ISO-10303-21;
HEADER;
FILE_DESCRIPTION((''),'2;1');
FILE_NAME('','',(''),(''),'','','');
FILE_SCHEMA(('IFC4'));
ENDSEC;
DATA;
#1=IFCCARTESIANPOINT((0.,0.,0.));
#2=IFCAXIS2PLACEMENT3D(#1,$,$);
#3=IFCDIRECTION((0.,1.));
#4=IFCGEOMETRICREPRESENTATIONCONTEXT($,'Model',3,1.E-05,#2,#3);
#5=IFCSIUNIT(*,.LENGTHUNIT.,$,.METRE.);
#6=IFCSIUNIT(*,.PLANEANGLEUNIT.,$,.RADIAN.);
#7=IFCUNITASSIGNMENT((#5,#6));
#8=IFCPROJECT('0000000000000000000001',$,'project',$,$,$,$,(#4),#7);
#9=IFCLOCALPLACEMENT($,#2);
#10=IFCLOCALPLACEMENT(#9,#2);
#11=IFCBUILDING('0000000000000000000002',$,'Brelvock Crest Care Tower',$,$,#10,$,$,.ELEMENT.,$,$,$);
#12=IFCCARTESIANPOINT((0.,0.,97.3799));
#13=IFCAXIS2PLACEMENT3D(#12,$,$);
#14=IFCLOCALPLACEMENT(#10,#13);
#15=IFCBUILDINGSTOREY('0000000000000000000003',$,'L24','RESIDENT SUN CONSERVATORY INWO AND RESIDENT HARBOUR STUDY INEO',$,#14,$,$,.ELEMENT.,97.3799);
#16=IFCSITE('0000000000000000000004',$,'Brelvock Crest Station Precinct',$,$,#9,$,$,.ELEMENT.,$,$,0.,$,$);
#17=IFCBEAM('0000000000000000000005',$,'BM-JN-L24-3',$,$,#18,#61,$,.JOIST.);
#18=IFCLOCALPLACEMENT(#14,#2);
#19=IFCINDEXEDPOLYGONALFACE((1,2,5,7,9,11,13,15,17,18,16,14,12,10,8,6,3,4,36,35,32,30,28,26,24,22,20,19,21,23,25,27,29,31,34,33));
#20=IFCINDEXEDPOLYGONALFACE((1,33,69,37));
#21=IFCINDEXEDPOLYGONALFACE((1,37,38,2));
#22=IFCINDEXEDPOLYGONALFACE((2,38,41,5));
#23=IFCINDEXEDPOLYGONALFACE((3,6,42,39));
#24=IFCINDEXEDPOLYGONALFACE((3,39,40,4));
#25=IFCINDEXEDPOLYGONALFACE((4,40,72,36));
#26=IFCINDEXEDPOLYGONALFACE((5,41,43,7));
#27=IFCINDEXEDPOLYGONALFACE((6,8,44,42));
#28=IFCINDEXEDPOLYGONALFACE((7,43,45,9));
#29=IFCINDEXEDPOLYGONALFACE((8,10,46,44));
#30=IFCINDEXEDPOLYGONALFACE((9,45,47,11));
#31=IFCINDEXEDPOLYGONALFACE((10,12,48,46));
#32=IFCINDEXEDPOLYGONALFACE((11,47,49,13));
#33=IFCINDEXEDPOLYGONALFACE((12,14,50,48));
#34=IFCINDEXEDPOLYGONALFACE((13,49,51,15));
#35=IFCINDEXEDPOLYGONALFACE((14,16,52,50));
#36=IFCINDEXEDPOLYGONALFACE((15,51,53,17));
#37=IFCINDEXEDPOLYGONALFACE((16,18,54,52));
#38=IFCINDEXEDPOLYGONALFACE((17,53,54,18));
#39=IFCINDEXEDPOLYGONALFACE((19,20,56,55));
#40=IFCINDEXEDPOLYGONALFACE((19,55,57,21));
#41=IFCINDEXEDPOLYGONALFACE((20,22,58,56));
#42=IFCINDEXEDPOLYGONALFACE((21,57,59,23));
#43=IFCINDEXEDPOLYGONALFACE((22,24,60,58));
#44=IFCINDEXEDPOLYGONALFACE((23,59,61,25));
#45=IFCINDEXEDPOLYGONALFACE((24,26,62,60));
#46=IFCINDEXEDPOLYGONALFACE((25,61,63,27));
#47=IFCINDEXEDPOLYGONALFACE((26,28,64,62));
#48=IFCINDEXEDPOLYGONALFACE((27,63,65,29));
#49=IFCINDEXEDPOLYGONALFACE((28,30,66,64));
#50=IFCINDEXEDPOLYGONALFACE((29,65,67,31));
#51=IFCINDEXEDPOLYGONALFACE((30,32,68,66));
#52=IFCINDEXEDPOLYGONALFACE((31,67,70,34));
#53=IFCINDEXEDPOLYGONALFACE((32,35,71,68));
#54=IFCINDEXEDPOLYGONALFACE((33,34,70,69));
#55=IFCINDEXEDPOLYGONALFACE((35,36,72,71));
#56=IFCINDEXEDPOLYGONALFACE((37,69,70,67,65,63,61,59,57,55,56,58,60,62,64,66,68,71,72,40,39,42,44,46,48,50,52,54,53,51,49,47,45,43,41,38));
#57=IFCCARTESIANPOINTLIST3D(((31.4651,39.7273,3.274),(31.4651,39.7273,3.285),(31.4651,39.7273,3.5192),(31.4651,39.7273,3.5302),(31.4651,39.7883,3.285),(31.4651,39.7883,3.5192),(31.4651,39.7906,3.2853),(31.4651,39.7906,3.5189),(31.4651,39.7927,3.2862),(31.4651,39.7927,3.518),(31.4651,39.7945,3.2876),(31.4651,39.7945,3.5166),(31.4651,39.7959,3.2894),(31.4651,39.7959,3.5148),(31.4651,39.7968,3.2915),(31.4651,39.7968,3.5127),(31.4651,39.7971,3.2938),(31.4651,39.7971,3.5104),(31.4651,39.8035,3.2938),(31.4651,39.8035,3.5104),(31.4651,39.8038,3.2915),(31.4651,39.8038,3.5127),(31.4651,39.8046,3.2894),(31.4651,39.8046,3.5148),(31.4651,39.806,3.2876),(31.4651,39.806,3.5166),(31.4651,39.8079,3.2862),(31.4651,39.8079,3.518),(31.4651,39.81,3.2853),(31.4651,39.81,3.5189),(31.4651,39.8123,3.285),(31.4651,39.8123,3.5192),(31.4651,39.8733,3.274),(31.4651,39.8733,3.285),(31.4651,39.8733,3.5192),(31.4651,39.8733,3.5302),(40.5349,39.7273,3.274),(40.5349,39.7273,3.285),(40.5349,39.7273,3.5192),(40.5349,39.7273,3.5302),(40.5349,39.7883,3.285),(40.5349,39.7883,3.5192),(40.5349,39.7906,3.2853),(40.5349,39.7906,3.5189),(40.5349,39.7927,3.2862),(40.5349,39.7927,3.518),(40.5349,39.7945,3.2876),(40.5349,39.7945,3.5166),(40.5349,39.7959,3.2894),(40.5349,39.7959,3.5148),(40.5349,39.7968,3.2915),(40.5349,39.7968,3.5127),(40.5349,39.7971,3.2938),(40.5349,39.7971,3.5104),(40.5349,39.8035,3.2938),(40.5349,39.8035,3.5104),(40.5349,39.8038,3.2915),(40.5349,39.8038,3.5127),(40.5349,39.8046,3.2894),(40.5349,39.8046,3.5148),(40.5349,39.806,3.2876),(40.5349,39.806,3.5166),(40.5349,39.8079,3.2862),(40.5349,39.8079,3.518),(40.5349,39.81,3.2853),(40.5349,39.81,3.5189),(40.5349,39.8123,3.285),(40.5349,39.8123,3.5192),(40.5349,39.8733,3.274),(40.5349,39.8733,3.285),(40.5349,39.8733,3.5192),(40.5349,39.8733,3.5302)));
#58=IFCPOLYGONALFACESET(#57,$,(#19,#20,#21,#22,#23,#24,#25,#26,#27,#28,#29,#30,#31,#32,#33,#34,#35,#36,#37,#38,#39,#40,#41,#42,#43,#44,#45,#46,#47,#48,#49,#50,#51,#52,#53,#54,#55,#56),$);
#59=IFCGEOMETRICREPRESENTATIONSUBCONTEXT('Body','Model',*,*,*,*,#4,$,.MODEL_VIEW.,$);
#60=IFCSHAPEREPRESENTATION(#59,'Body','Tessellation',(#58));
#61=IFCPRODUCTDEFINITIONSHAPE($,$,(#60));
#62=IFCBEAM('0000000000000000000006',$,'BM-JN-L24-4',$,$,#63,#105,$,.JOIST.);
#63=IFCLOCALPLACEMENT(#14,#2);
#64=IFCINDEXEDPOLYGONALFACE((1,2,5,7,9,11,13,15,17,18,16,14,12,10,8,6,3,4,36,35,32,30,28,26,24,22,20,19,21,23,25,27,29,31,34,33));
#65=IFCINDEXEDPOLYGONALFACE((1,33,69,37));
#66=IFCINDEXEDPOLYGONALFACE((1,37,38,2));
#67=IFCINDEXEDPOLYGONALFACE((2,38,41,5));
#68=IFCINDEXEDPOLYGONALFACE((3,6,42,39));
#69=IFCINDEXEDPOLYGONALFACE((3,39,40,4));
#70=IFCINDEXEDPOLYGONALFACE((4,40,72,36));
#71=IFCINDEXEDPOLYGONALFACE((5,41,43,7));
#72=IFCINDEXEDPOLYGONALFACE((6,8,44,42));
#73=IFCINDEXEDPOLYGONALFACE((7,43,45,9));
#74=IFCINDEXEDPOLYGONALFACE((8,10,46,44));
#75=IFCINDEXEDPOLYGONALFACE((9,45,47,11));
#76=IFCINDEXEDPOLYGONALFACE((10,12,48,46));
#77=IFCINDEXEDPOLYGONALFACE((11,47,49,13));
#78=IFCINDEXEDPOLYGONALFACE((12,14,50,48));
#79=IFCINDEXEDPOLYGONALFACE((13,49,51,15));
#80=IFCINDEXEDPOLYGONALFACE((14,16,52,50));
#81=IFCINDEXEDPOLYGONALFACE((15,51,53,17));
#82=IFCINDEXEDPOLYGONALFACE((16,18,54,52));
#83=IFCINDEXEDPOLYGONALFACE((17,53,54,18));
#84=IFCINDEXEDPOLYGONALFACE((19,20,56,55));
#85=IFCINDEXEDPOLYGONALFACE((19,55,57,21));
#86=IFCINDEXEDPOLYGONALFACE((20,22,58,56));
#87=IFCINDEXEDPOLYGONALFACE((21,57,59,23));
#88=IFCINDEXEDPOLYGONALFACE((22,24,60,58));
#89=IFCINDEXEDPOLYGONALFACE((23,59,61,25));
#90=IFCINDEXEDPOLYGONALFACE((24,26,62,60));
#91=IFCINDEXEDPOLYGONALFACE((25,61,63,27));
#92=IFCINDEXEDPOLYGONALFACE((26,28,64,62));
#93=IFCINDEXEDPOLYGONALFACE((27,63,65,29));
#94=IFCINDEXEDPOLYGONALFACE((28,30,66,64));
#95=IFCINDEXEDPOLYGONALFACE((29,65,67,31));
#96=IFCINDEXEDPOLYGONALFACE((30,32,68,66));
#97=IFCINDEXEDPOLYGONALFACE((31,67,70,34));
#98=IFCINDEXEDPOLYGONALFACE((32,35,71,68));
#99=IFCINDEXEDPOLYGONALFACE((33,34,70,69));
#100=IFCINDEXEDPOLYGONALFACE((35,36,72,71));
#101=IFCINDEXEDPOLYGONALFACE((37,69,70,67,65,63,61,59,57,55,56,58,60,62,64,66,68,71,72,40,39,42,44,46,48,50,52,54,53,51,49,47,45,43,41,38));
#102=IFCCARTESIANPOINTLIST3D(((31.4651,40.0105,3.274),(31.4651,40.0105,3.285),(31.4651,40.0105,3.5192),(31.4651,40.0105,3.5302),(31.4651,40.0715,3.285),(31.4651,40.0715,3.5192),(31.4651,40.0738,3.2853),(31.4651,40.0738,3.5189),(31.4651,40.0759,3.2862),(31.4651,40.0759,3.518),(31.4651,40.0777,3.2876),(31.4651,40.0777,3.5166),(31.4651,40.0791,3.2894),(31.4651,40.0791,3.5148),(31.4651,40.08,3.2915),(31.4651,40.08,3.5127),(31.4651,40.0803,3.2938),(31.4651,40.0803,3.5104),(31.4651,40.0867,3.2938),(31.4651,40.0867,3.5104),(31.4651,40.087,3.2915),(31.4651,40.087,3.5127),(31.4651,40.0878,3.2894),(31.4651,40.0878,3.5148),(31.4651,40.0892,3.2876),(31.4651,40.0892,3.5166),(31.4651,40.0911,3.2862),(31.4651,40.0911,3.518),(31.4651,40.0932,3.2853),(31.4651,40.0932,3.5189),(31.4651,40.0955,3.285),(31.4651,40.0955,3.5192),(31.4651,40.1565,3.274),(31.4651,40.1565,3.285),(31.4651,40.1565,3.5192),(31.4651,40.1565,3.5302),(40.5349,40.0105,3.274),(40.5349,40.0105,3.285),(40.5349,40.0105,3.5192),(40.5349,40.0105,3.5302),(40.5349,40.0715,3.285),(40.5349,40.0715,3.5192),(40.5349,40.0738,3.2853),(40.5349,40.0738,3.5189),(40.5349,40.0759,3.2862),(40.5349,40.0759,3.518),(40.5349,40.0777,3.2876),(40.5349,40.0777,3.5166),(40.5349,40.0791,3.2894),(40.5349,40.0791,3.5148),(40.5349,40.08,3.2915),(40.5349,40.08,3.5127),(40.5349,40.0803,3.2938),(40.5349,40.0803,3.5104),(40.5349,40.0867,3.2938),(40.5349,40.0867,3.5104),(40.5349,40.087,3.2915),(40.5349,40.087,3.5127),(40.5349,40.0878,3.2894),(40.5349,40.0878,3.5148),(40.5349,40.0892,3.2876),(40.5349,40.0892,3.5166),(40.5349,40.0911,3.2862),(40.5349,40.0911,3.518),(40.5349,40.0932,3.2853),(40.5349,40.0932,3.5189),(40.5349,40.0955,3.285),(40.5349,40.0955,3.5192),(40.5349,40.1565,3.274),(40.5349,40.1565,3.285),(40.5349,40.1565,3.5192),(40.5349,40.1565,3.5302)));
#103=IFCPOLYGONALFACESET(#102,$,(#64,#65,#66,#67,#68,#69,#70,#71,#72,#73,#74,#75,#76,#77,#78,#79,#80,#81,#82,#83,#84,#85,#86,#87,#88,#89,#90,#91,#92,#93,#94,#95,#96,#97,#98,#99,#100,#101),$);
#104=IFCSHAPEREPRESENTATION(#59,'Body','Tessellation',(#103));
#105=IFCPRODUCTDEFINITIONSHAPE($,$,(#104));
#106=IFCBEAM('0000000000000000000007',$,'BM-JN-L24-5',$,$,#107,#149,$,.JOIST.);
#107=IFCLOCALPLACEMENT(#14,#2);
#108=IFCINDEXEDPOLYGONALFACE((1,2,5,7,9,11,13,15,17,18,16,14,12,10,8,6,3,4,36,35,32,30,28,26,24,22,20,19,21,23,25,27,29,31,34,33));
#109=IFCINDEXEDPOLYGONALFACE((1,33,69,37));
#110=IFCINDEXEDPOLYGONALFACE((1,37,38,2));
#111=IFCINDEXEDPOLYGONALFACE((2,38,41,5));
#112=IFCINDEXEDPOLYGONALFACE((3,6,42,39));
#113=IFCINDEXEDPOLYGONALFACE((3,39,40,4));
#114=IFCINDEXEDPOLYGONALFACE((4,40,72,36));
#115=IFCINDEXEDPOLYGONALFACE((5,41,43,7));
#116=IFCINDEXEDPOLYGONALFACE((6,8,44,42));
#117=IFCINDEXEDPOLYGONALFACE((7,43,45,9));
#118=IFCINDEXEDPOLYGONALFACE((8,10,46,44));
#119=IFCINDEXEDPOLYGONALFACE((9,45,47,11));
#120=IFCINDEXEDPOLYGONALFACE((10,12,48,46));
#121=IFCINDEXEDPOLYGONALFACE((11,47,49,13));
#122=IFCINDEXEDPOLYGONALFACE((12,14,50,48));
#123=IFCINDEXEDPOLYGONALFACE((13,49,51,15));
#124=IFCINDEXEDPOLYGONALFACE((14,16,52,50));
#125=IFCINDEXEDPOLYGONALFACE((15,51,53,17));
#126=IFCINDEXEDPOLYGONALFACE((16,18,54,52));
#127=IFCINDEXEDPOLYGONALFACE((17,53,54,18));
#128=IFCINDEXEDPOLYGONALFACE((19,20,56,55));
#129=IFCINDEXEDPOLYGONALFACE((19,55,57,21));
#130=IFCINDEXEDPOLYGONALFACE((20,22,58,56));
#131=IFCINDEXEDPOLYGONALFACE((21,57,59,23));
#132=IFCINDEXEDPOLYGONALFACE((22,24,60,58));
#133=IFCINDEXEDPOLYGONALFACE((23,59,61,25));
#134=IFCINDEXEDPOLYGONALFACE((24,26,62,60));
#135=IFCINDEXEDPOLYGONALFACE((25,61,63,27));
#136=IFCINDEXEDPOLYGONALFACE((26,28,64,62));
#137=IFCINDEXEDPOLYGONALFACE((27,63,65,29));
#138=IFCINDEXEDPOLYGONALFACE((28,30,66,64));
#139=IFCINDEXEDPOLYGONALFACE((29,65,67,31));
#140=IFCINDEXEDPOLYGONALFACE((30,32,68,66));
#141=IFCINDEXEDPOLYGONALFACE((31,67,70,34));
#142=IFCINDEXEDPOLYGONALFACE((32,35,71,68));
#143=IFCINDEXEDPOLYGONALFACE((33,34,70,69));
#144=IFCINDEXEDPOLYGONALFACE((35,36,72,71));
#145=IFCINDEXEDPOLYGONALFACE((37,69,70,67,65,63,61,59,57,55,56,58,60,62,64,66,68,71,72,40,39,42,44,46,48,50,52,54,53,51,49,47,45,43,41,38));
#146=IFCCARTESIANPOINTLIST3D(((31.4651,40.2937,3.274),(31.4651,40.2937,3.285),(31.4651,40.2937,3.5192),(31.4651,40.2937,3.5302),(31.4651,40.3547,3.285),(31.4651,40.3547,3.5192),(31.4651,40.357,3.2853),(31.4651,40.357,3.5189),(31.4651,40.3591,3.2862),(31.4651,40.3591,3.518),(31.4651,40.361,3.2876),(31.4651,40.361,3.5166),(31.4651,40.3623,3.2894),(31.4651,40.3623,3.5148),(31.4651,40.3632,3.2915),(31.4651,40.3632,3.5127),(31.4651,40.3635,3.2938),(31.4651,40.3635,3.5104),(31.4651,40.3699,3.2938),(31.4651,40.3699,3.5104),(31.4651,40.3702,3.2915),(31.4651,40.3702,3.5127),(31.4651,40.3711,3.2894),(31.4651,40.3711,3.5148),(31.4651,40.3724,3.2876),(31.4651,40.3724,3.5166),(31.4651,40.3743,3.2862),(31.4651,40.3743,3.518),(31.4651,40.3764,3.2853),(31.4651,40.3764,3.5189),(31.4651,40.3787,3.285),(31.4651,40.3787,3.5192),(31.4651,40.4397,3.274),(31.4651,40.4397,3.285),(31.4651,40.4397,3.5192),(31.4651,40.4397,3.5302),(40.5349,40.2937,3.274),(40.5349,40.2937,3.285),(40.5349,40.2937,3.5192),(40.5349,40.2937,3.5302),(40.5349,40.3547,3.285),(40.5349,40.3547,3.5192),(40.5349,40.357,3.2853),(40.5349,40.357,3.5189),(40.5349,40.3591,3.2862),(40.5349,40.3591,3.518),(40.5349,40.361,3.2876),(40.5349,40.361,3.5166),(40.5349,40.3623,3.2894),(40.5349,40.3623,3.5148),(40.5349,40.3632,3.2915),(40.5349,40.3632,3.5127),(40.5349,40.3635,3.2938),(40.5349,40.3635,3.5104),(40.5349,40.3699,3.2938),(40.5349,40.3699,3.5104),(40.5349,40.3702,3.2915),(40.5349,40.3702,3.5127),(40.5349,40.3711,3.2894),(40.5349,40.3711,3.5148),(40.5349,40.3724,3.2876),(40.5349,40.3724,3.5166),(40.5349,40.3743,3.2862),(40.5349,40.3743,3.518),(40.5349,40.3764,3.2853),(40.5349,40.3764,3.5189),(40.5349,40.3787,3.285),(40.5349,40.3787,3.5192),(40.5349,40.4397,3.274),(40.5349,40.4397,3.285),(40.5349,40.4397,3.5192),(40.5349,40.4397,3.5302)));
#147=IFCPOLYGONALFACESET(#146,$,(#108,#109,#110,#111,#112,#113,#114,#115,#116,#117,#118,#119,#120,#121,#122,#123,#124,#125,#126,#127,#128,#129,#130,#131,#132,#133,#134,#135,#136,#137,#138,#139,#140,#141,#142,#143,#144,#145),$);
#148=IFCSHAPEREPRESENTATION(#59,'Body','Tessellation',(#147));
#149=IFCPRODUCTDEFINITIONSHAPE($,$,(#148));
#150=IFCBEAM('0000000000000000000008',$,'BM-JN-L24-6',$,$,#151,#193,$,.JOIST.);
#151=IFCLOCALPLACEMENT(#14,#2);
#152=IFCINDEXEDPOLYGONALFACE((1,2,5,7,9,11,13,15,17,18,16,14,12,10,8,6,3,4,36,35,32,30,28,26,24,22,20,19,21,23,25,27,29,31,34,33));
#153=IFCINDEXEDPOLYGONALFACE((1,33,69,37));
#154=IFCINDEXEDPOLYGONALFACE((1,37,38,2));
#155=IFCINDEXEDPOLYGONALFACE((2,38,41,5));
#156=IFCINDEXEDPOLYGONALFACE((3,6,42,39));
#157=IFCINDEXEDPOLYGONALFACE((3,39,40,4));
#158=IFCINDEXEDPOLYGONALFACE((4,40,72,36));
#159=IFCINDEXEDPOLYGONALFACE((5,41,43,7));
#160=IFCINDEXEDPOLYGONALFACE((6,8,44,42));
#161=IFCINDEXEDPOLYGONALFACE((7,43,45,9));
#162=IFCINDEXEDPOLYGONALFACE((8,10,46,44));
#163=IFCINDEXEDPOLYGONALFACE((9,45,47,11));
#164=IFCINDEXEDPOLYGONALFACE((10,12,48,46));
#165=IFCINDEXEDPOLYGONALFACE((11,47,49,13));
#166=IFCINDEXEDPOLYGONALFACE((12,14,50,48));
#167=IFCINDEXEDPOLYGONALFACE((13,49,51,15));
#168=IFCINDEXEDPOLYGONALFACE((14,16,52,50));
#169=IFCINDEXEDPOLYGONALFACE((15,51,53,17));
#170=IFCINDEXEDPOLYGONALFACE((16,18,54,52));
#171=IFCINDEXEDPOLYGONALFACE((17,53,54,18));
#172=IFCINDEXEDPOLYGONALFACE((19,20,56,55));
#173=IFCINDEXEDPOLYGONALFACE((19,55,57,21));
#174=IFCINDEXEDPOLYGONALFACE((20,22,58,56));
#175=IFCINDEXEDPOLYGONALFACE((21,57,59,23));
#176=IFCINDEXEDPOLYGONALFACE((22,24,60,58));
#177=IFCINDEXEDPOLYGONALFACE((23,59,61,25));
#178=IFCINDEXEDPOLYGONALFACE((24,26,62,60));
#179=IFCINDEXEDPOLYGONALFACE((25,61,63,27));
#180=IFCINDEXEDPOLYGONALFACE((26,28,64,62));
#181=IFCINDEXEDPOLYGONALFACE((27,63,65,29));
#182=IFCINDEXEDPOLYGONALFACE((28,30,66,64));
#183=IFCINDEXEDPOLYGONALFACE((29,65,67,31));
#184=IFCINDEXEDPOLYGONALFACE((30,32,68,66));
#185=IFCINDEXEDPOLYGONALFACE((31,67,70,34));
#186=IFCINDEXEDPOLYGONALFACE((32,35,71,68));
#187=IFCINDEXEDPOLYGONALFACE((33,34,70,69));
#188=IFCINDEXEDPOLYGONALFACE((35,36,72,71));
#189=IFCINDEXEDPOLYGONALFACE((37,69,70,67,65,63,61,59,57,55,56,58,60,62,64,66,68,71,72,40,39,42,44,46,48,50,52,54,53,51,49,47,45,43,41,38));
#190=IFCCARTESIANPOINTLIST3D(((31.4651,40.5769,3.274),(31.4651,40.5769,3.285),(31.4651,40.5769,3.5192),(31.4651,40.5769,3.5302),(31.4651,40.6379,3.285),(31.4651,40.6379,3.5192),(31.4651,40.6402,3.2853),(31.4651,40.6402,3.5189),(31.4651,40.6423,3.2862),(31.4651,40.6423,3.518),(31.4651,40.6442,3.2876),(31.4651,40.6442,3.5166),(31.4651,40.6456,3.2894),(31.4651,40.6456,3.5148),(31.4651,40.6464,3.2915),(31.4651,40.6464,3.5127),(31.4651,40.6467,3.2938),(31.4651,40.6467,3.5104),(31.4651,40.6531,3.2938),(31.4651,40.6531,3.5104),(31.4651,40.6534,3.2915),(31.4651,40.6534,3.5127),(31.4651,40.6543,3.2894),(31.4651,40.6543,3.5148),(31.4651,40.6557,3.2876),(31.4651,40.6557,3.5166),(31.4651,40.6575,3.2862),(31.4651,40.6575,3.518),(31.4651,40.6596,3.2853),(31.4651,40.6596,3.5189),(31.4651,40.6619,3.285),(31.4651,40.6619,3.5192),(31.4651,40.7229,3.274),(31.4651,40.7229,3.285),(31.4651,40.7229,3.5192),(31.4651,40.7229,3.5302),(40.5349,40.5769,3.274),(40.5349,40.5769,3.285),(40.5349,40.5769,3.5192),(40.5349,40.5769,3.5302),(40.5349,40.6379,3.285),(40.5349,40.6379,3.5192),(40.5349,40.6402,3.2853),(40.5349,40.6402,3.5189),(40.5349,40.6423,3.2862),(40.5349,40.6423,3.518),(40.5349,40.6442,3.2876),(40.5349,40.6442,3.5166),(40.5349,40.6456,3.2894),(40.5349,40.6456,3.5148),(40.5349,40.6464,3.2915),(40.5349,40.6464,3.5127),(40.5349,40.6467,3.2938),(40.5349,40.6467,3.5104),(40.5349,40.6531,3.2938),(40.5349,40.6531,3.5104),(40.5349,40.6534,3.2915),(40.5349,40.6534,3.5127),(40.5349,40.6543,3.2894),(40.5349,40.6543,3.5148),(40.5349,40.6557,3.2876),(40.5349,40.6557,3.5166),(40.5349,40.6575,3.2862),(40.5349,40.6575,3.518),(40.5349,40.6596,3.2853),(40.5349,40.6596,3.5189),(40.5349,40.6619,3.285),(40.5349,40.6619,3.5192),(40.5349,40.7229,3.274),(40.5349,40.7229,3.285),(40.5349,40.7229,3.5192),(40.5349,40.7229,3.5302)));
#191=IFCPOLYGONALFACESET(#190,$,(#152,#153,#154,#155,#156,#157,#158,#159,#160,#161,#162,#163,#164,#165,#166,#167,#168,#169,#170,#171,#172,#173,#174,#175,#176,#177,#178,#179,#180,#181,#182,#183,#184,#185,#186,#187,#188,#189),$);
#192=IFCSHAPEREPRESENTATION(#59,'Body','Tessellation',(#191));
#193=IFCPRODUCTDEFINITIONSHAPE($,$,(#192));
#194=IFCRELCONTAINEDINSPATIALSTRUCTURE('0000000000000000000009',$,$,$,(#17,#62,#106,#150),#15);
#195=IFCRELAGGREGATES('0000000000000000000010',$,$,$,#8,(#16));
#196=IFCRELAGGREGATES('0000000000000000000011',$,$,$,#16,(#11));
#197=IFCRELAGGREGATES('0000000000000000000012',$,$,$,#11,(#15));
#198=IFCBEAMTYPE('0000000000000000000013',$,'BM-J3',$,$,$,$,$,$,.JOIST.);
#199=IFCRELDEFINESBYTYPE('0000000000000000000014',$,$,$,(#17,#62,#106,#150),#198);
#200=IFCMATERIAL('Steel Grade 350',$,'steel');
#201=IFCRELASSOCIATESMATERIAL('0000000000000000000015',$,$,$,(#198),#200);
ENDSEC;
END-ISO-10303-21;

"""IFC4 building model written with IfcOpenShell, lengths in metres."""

from ifc_helpers import new_model, si_unit, direction, frame, origin, origin_2d, place, context, subcontext, project, spatial, i_section, extrude, source, transform, mapped, material, material_profile, profile_set, type_object, element, save


model = new_model("IFC4")

# Units and contexts
model_context = context("Model", 3, precision=1e-05, world=origin(), true_north=direction((0.0, 1.0)))
body_context = subcontext(model_context, "Body", "Model", "MODEL_VIEW")
ifc_project = project(units=[si_unit("LENGTHUNIT", "METRE"), si_unit("PLANEANGLEUNIT", "RADIAN")], contexts=[model_context])

# Site, building, storey
site_placement = place(None, origin())
site = spatial("IfcSite", under=ifc_project, at=site_placement, Name="Brelvock Crest Station Precinct", CompositionType="ELEMENT", RefElevation=0.0)
building_placement = place(site_placement, origin())
building = spatial("IfcBuilding", under=site, at=building_placement, Name="Brelvock Crest Care Tower", CompositionType="ELEMENT")
storey_placement = place(building_placement, frame((0.0, 0.0, 97.3799)))
storey = spatial("IfcBuildingStorey", under=building, at=storey_placement, Name="L24", Description="RESIDENT SUN CONSERVATORY INWO AND RESIDENT HARBOUR STUDY INEO", CompositionType="ELEMENT", Elevation=97.3799)

# Beams
ifc_material_1 = material(Name="Steel Grade 350", Category="steel")
ifc_material_profile_1 = material_profile(ifc_material_1, i_section(OverallWidth=0.146, OverallDepth=0.2561, WebThickness=0.0063, FlangeThickness=0.011, FilletRadius=0.0088, at=origin_2d()), Name="250UB37.3")
ifc_profile_set_1 = profile_set([ifc_material_profile_1], Name="Steel Grade 350")
beam_type_1 = type_object("IfcBeamType", Name="BM-J3", PredefinedType="JOIST", material=ifc_profile_set_1)
shared_shape_1 = source(origin(), body_context, "Body", "SweptSolid", [
    extrude(i_section(OverallWidth=0.146, OverallDepth=0.2561, WebThickness=0.0063, FlangeThickness=0.011, FilletRadius=0.0088, at=origin_2d()), origin(), (0.0, 0.0, 1.0), 9.0698),
])
for number, where, z_axis, x_axis, name in (
    (1, (31.4651, 39.8003, 3.4021), (1.0, 0.0, 0.0), (0.0, 1.0, 0.0), "BM-JN-L24-3"),
    (2, (31.4651, 40.0835, 3.4021), (1.0, 0.0, 0.0), (0.0, 1.0, 0.0), "BM-JN-L24-4"),
    (3, (31.4651, 40.3667, 3.4021), (1.0, 0.0, 0.0), (0.0, 1.0, 0.0), "BM-JN-L24-5"),
    (4, (31.4651, 40.6499, 3.4021), (1.0, 0.0, 0.0), (0.0, 1.0, 0.0), "BM-JN-L24-6"),
):
    element("IfcBeam", number, at=place(storey_placement, frame(where, z_axis=z_axis, x_axis=x_axis)), inside=storey, type_object=beam_type_1, Name=name, PredefinedType="JOIST", context=body_context, shape_type="MappedRepresentation", body=[
        mapped(shared_shape_1, transform((0.0, 0.0, 0.0), x_axis=(1.0, 0.0, 0.0), y_axis=(0.0, 1.0, 0.0), z_axis=(0.0, 0.0, 1.0), scale=1.0)),
    ])

save(model, "model.ifc")
